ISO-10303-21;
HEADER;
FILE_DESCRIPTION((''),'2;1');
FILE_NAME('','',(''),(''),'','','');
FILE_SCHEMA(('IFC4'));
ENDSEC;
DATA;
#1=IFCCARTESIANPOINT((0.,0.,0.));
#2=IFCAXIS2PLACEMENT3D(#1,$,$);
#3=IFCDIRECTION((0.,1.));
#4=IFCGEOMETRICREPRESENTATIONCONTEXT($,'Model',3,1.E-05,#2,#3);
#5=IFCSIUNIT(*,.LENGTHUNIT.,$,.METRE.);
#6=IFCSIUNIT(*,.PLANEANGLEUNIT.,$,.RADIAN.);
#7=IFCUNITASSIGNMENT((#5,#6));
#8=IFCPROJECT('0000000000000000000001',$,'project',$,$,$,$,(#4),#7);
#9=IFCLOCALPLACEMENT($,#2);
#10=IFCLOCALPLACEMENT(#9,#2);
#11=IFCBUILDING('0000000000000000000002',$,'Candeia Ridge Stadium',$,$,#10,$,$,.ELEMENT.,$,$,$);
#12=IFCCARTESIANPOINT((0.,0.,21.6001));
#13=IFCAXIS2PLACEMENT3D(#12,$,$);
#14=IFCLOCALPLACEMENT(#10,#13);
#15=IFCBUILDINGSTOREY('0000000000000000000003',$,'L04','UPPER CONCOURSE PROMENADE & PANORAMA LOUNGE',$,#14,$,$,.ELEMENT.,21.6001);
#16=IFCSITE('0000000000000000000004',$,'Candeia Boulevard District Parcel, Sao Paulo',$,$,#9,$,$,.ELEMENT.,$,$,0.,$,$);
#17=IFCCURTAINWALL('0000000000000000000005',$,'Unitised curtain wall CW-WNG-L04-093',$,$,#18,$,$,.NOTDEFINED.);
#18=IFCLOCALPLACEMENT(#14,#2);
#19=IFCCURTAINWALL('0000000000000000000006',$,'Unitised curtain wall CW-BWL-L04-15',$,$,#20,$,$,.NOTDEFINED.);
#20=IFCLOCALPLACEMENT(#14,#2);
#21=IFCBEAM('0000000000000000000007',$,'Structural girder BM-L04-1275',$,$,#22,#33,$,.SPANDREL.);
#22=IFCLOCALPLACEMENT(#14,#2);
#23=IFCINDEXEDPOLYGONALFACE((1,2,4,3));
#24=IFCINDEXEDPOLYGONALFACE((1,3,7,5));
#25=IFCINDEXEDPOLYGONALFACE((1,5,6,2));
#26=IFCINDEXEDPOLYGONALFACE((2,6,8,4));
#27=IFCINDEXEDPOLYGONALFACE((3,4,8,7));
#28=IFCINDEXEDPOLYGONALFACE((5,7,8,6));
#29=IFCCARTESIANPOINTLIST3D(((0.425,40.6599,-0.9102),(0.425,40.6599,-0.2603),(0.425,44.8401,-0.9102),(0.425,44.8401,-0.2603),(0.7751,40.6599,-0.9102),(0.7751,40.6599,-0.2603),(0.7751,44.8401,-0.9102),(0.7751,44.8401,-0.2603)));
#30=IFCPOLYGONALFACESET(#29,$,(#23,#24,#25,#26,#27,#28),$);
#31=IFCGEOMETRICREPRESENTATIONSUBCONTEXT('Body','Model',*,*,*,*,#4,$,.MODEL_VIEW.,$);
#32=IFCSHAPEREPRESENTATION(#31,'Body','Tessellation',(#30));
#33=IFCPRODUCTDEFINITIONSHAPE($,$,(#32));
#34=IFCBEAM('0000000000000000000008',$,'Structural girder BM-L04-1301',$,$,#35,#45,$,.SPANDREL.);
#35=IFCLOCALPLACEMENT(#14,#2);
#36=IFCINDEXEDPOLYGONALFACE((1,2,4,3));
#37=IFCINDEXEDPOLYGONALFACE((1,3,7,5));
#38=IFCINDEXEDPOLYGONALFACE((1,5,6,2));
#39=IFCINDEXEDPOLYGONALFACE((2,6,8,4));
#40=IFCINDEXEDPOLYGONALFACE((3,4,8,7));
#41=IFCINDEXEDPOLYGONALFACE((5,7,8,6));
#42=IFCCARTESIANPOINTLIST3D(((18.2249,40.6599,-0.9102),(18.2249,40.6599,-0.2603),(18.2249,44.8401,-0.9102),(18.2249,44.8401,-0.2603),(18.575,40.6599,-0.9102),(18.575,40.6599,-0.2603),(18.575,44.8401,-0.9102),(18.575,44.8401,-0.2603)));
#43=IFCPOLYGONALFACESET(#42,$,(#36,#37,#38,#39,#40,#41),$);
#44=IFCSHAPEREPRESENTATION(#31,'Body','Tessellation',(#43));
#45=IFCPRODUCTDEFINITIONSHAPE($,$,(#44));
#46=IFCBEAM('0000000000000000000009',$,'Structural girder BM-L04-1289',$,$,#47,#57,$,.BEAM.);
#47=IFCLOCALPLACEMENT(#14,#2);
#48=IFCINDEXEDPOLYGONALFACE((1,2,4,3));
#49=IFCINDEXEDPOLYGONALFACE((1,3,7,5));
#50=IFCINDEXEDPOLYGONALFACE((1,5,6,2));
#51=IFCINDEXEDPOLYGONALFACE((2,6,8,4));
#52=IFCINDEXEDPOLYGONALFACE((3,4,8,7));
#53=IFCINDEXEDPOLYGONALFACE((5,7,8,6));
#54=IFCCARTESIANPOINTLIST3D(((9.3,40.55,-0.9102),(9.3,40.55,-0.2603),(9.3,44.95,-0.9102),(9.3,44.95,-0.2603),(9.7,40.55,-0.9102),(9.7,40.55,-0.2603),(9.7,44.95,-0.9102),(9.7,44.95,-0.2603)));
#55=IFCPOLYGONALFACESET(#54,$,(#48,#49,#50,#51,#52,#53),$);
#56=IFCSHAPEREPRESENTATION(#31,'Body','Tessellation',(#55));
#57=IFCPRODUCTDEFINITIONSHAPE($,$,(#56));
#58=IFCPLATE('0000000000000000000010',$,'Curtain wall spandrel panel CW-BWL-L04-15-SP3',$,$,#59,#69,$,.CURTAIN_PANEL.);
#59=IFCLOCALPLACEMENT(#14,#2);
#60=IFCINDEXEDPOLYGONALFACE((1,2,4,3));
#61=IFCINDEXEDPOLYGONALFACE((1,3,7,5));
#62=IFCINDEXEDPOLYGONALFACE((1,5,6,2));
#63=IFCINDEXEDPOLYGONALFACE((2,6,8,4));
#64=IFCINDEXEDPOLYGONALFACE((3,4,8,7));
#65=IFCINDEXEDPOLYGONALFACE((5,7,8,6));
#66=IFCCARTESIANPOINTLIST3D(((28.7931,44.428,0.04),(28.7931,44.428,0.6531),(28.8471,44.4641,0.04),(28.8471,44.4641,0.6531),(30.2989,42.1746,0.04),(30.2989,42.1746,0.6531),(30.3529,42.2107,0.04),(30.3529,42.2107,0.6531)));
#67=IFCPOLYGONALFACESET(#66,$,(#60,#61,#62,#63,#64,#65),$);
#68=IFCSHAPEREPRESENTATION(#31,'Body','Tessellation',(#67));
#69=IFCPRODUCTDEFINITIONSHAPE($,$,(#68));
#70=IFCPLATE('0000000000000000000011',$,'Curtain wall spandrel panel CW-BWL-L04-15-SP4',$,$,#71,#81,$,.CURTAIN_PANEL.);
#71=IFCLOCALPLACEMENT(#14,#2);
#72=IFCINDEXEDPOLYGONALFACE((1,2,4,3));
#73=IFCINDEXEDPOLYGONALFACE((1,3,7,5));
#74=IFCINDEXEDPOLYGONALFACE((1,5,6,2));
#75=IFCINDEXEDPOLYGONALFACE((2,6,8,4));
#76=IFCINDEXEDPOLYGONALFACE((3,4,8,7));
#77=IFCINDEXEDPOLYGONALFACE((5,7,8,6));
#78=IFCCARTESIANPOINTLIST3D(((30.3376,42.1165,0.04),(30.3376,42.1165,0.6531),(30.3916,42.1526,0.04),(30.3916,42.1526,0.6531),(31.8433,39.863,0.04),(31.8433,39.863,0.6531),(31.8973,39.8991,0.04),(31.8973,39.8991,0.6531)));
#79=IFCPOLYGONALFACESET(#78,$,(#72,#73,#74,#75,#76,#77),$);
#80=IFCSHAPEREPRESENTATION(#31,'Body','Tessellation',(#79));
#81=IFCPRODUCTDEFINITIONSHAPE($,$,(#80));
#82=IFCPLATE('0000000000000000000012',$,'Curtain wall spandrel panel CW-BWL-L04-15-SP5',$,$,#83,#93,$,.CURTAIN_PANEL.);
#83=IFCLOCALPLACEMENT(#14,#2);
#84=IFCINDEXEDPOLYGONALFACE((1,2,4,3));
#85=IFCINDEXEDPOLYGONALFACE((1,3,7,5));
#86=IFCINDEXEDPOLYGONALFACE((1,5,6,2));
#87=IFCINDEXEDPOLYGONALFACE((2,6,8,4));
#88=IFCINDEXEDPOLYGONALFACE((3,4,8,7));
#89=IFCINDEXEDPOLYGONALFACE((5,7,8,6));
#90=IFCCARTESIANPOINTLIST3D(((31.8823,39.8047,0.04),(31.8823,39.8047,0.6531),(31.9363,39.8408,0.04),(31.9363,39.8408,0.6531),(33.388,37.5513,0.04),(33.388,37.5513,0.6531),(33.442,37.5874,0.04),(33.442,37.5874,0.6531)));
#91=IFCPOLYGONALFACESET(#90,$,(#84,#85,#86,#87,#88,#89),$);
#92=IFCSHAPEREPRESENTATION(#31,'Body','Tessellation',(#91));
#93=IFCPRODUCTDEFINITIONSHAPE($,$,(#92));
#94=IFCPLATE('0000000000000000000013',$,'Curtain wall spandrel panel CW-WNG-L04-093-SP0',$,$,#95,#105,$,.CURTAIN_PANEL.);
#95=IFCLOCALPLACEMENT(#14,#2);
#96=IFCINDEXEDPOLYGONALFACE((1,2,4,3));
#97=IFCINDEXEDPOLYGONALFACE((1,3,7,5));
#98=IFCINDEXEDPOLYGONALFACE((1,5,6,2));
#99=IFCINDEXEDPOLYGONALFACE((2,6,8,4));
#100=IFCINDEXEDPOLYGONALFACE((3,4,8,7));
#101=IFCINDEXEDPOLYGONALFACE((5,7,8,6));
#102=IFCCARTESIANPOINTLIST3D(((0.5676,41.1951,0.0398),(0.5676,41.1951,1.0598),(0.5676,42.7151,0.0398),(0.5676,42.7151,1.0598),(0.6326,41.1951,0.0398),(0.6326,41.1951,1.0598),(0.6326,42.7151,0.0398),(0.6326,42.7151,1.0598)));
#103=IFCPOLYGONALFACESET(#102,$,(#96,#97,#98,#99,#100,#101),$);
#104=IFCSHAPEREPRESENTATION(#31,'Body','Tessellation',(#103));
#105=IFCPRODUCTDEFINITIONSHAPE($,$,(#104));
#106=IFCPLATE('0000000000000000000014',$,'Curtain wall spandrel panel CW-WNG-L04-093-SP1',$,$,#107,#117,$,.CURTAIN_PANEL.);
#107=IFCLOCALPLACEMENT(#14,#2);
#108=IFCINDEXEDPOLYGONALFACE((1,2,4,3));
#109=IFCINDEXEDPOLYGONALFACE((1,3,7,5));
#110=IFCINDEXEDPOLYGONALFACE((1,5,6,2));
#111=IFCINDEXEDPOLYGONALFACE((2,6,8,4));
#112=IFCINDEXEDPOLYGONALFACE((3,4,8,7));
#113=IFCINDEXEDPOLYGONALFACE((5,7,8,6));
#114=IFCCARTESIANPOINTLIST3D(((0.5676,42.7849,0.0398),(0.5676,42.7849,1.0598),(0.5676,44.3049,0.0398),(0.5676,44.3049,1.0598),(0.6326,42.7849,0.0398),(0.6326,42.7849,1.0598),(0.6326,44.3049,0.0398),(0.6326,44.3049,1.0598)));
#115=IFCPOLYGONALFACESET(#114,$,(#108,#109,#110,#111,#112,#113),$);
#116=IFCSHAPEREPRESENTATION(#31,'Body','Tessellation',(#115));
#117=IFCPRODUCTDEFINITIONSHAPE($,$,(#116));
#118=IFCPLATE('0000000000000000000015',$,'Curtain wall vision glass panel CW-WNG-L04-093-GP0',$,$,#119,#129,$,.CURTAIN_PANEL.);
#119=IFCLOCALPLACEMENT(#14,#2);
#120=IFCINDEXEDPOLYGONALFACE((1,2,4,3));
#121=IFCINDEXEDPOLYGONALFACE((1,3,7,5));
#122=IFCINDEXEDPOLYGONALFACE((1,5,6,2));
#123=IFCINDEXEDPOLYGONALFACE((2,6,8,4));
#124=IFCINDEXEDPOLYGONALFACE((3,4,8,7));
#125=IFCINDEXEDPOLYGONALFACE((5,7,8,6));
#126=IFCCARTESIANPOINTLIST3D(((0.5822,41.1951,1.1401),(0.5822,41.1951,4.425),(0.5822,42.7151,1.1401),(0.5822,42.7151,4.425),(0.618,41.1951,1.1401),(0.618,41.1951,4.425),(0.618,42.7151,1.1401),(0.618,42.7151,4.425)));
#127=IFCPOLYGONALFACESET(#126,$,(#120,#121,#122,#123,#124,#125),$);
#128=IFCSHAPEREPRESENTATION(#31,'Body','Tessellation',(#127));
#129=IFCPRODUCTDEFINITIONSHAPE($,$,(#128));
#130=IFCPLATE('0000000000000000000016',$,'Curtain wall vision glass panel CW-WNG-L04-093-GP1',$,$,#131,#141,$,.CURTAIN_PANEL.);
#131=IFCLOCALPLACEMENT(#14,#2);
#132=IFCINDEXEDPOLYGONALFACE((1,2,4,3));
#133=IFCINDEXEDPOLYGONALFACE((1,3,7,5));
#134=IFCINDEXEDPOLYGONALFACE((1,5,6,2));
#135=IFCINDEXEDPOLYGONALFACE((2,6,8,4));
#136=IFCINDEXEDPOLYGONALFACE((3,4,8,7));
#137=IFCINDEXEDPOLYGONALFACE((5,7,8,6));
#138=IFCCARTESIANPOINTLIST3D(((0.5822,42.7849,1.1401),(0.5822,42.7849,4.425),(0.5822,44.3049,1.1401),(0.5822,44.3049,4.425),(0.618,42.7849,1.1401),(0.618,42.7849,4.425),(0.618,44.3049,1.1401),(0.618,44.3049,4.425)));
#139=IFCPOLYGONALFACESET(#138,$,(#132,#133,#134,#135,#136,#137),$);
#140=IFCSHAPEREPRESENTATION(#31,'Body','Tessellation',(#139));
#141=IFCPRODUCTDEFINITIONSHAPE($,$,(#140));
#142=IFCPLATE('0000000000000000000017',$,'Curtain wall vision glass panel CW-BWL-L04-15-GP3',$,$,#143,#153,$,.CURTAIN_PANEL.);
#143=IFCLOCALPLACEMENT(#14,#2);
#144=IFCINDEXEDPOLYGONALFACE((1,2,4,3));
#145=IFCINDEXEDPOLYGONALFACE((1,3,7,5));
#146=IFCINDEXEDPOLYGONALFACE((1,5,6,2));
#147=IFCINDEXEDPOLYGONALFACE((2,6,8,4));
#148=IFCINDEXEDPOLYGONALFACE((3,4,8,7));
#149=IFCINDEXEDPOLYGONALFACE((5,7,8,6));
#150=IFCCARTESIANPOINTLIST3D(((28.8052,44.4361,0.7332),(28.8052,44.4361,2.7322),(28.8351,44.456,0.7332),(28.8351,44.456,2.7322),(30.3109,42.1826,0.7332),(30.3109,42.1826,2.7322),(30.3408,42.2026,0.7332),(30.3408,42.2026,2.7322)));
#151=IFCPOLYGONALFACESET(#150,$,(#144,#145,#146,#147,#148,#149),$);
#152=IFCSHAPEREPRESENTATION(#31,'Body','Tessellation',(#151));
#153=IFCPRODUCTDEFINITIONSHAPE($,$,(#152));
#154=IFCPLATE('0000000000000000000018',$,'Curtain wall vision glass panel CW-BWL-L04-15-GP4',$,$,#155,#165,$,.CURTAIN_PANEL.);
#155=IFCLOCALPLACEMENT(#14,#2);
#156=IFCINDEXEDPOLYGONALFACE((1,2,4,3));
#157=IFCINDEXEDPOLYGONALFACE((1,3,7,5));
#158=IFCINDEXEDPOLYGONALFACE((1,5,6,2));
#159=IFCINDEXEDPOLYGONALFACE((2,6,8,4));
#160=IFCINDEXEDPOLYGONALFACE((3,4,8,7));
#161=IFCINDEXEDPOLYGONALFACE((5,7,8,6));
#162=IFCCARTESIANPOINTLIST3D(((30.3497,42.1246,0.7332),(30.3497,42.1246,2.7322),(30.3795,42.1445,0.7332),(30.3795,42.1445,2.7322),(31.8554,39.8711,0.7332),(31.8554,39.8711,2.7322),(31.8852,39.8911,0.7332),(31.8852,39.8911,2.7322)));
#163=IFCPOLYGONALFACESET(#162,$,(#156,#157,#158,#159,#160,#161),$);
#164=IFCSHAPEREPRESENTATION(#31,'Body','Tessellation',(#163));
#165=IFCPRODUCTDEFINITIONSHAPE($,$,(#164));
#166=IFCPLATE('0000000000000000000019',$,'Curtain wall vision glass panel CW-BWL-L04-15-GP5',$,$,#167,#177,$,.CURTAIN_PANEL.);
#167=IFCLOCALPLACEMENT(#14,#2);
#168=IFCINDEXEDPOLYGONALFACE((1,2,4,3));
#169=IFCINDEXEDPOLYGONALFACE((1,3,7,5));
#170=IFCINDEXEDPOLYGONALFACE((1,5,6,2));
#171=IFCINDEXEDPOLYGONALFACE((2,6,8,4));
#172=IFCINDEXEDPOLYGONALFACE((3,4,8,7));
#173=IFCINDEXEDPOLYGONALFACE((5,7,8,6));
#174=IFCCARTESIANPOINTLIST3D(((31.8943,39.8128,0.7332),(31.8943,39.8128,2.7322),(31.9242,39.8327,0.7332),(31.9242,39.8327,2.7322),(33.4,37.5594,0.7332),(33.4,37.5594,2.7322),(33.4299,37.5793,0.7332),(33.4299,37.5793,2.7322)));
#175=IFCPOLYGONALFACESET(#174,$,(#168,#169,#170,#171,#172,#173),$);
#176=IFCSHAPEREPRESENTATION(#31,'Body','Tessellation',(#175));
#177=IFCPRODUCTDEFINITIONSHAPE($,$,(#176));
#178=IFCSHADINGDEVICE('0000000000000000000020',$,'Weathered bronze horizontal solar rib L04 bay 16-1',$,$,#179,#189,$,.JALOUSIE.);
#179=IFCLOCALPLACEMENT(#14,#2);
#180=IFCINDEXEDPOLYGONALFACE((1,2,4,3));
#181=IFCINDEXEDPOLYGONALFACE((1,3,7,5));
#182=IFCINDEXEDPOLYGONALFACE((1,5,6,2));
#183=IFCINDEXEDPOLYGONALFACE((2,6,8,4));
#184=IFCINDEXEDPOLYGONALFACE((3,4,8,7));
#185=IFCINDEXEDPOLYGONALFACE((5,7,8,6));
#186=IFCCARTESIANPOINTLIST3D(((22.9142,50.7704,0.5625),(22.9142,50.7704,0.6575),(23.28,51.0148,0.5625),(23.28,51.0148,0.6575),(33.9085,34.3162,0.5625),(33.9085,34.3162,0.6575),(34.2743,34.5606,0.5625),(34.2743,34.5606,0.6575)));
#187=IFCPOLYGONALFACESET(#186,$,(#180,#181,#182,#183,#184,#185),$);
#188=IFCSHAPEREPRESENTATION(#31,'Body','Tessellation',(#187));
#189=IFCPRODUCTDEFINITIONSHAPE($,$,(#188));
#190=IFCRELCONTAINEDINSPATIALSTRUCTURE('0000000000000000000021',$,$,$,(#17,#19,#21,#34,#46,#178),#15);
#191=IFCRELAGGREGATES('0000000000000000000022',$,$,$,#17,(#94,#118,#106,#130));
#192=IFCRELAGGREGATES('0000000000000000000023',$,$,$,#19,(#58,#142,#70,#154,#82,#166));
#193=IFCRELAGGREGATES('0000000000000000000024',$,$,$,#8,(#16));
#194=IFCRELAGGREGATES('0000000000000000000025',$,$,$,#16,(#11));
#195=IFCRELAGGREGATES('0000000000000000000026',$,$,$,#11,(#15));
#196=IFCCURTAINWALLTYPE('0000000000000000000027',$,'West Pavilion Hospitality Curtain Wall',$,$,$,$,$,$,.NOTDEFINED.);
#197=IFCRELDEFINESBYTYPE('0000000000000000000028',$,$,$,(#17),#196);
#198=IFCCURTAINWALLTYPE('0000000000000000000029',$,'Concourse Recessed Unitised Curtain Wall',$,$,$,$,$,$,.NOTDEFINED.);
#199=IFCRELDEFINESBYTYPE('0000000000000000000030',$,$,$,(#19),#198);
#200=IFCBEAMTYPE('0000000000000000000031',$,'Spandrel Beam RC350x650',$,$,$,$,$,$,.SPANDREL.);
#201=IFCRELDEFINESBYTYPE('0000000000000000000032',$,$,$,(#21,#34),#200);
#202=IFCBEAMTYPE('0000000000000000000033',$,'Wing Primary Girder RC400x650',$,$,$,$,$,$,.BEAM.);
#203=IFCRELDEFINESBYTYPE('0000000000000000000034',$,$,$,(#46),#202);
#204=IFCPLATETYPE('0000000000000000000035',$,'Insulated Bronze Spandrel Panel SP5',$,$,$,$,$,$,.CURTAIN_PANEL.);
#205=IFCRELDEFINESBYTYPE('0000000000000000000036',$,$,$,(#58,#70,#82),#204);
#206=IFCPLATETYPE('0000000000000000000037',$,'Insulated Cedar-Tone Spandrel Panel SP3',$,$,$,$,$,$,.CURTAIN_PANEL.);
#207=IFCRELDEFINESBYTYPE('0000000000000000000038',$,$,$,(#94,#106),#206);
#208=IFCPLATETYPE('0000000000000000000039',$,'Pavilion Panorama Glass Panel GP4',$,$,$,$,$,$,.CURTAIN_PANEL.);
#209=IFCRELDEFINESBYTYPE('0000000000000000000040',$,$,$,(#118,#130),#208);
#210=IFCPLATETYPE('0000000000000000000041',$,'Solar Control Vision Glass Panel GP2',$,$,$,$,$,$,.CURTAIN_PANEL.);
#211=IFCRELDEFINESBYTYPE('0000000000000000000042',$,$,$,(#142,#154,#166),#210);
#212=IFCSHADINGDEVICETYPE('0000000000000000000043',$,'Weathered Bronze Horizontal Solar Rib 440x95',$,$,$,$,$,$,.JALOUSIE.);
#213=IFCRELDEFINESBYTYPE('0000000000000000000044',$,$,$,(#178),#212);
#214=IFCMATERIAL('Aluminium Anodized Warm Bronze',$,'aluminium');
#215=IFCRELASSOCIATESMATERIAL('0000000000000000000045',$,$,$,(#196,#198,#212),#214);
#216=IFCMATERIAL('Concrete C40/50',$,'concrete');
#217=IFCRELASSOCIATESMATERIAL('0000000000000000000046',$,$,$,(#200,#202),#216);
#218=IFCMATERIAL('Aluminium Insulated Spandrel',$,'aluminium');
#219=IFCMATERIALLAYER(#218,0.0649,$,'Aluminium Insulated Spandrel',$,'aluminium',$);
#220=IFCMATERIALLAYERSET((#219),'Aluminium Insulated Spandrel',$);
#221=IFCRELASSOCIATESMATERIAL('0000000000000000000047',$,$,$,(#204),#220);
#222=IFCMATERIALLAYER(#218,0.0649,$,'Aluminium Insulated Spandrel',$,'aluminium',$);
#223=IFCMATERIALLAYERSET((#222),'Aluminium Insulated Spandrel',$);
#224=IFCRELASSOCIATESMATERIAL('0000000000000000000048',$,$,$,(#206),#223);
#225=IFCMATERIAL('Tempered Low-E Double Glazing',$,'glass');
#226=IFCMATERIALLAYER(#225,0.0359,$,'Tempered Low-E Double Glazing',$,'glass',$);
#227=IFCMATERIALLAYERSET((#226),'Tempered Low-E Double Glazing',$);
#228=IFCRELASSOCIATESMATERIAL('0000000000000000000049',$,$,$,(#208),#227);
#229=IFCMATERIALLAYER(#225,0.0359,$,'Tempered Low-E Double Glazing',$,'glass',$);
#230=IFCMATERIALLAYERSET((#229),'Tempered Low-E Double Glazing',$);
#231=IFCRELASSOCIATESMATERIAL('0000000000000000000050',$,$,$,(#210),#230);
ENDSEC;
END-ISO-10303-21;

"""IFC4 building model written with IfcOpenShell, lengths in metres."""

from ifc_helpers import new_model, si_unit, direction, frame, origin, origin_2d, place, context, subcontext, project, spatial, rectangle, extrude, material, layer, layer_set, material_profile, profile_set, type_object, element, aggregate, save


model = new_model("IFC4")

# Units and contexts
model_context = context("Model", 3, precision=1e-05, world=origin(), true_north=direction((0.0, 1.0)))
body_context = subcontext(model_context, "Body", "Model", "MODEL_VIEW")
ifc_project = project(units=[si_unit("LENGTHUNIT", "METRE"), si_unit("PLANEANGLEUNIT", "RADIAN")], contexts=[model_context])

# Site, building, storey
site_placement = place(None, origin())
site = spatial("IfcSite", under=ifc_project, at=site_placement, Name="Candeia Boulevard District Parcel, Sao Paulo", CompositionType="ELEMENT", RefElevation=0.0)
building_placement = place(site_placement, origin())
building = spatial("IfcBuilding", under=site, at=building_placement, Name="Candeia Ridge Stadium", CompositionType="ELEMENT")
storey_placement = place(building_placement, frame((0.0, 0.0, 21.6001)))
storey = spatial("IfcBuildingStorey", under=building, at=storey_placement, Name="L04", Description="UPPER CONCOURSE PROMENADE & PANORAMA LOUNGE", CompositionType="ELEMENT", Elevation=21.6001)

# Shared definitions
ifc_material_1 = material(Name="Concrete C40/50", Category="concrete")

# Curtain walls
ifc_material_2 = material(Name="Aluminium Anodized Warm Bronze", Category="aluminium")
curtain_wall_type_1 = type_object("IfcCurtainWallType", Name="West Pavilion Hospitality Curtain Wall", PredefinedType="NOTDEFINED", material=ifc_material_2)
curtain_wall_1_placement = place(storey_placement, origin())
curtain_wall_1 = element("IfcCurtainWall", 1, at=curtain_wall_1_placement, inside=storey, type_object=curtain_wall_type_1, Name="Unitised curtain wall CW-WNG-L04-093", PredefinedType="NOTDEFINED")
curtain_wall_type_2 = type_object("IfcCurtainWallType", Name="Concourse Recessed Unitised Curtain Wall", PredefinedType="NOTDEFINED", material=ifc_material_2)
curtain_wall_2_placement = place(storey_placement, origin())
curtain_wall_2 = element("IfcCurtainWall", 2, at=curtain_wall_2_placement, inside=storey, type_object=curtain_wall_type_2, Name="Unitised curtain wall CW-BWL-L04-15", PredefinedType="NOTDEFINED")

# Beams
ifc_material_profile_1 = material_profile(ifc_material_1, rectangle(XDim=0.3501, YDim=0.6499, at=origin_2d()), Name="RC350x650", Category="concrete")
ifc_profile_set_1 = profile_set([ifc_material_profile_1], Name="Concrete C40/50")
beam_type_1 = type_object("IfcBeamType", Name="Spandrel Beam RC350x650", PredefinedType="SPANDREL", material=ifc_profile_set_1)
for number, where, z_axis, x_axis, name in (
    (3, (0.6001, 40.6599, -0.5852), (0.0, 1.0, 0.0), (-1.0, 0.0, 0.0), "Structural girder BM-L04-1275"),
    (4, (18.3999, 40.6599, -0.5852), (0.0, 1.0, 0.0), (-1.0, 0.0, 0.0), "Structural girder BM-L04-1301"),
):
    element("IfcBeam", number, at=place(storey_placement, frame(where, z_axis=z_axis, x_axis=x_axis)), inside=storey, type_object=beam_type_1, Name=name, PredefinedType="SPANDREL", context=body_context, shape_type="SweptSolid", body=[
        extrude(rectangle(XDim=0.3501, YDim=0.6499, at=origin_2d()), origin(), (0.0, 0.0, 1.0), 4.1802),
    ])
ifc_material_profile_2 = material_profile(ifc_material_1, rectangle(XDim=0.3999, YDim=0.6499, at=origin_2d()), Name="RC400x650", Category="concrete")
ifc_profile_set_2 = profile_set([ifc_material_profile_2], Name="Concrete C40/50")
beam_type_2 = type_object("IfcBeamType", Name="Wing Primary Girder RC400x650", PredefinedType="BEAM", material=ifc_profile_set_2)
beam_placement = place(storey_placement, frame((9.5, 40.55, -0.5852), z_axis=(0.0, 1.0, 0.0), x_axis=(-1.0, 0.0, 0.0)))
element("IfcBeam", 5, at=beam_placement, inside=storey, type_object=beam_type_2, Name="Structural girder BM-L04-1289", PredefinedType="BEAM", context=body_context, shape_type="SweptSolid", body=[
    extrude(rectangle(XDim=0.3999, YDim=0.6499, at=origin_2d()), origin(), (0.0, 0.0, 1.0), 4.3999),
])

# Plates
ifc_material_3 = material(Name="Aluminium Insulated Spandrel", Category="aluminium")
ifc_layer_1 = layer(ifc_material_3, 0.0649, Name="Aluminium Insulated Spandrel", Category="aluminium")
ifc_layer_set_1 = layer_set([ifc_layer_1], Name="Aluminium Insulated Spandrel")
plate_type_1 = type_object("IfcPlateType", Name="Insulated Bronze Spandrel Panel SP5", PredefinedType="CURTAIN_PANEL", material=ifc_layer_set_1)
plate_1_placement = place(storey_placement, frame((29.573, 43.3193, 0.04), z_axis=(0.0, 0.0, 1.0), x_axis=(0.555571, -0.831469, 0.0)))
plate_1 = element("IfcPlate", 6, at=plate_1_placement, type_object=plate_type_1, Name="Curtain wall spandrel panel CW-BWL-L04-15-SP3", PredefinedType="CURTAIN_PANEL", context=body_context, shape_type="SweptSolid", body=[
    extrude(rectangle(XDim=2.7102, YDim=0.0649, at=origin_2d()), origin(), (0.0, 0.0, 1.0), 0.613),
])
plate_2_placement = place(storey_placement, frame((31.1174, 41.0078, 0.04), z_axis=(0.0, 0.0, 1.0), x_axis=(0.555571, -0.831469, 0.0)))
plate_2 = element("IfcPlate", 7, at=plate_2_placement, type_object=plate_type_1, Name="Curtain wall spandrel panel CW-BWL-L04-15-SP4", PredefinedType="CURTAIN_PANEL", context=body_context, shape_type="SweptSolid", body=[
    extrude(rectangle(XDim=2.7102, YDim=0.0649, at=origin_2d()), origin(), (0.0, 0.0, 1.0), 0.613),
])
plate_3_placement = place(storey_placement, frame((32.6621, 38.696, 0.04), z_axis=(0.0, 0.0, 1.0), x_axis=(0.555571, -0.831469, 0.0)))
plate_3 = element("IfcPlate", 8, at=plate_3_placement, type_object=plate_type_1, Name="Curtain wall spandrel panel CW-BWL-L04-15-SP5", PredefinedType="CURTAIN_PANEL", context=body_context, shape_type="SweptSolid", body=[
    extrude(rectangle(XDim=2.7102, YDim=0.0649, at=origin_2d()), origin(), (0.0, 0.0, 1.0), 0.613),
])
ifc_layer_2 = layer(ifc_material_3, 0.0649, Name="Aluminium Insulated Spandrel", Category="aluminium")
ifc_layer_set_2 = layer_set([ifc_layer_2], Name="Aluminium Insulated Spandrel")
plate_type_2 = type_object("IfcPlateType", Name="Insulated Cedar-Tone Spandrel Panel SP3", PredefinedType="CURTAIN_PANEL", material=ifc_layer_set_2)
plate_4_placement = place(storey_placement, frame((0.6001, 41.9551, 0.0398), z_axis=(0.0, 0.0, 1.0), x_axis=(0.0, 1.0, 0.0)))
plate_4 = element("IfcPlate", 9, at=plate_4_placement, type_object=plate_type_2, Name="Curtain wall spandrel panel CW-WNG-L04-093-SP0", PredefinedType="CURTAIN_PANEL", context=body_context, shape_type="SweptSolid", body=[
    extrude(rectangle(XDim=1.52, YDim=0.0649, at=origin_2d()), origin(), (0.0, 0.0, 1.0), 1.02),
])
plate_5_placement = place(storey_placement, frame((0.6001, 43.5449, 0.0398), z_axis=(0.0, 0.0, 1.0), x_axis=(0.0, 1.0, 0.0)))
plate_5 = element("IfcPlate", 10, at=plate_5_placement, type_object=plate_type_2, Name="Curtain wall spandrel panel CW-WNG-L04-093-SP1", PredefinedType="CURTAIN_PANEL", context=body_context, shape_type="SweptSolid", body=[
    extrude(rectangle(XDim=1.52, YDim=0.0649, at=origin_2d()), origin(), (0.0, 0.0, 1.0), 1.02),
])
ifc_material_4 = material(Name="Tempered Low-E Double Glazing", Category="glass")
ifc_layer_3 = layer(ifc_material_4, 0.0359, Name="Tempered Low-E Double Glazing", Category="glass")
ifc_layer_set_3 = layer_set([ifc_layer_3], Name="Tempered Low-E Double Glazing")
plate_type_3 = type_object("IfcPlateType", Name="Pavilion Panorama Glass Panel GP4", PredefinedType="CURTAIN_PANEL", material=ifc_layer_set_3)
plate_6_placement = place(storey_placement, frame((0.6001, 41.9551, 1.1401), z_axis=(0.0, 0.0, 1.0), x_axis=(0.0, 1.0, 0.0)))
plate_6 = element("IfcPlate", 11, at=plate_6_placement, type_object=plate_type_3, Name="Curtain wall vision glass panel CW-WNG-L04-093-GP0", PredefinedType="CURTAIN_PANEL", context=body_context, shape_type="SweptSolid", body=[
    extrude(rectangle(XDim=1.52, YDim=0.0359, at=origin_2d()), origin(), (0.0, 0.0, 1.0), 3.2849),
])
plate_7_placement = place(storey_placement, frame((0.6001, 43.5449, 1.1401), z_axis=(0.0, 0.0, 1.0), x_axis=(0.0, 1.0, 0.0)))
plate_7 = element("IfcPlate", 12, at=plate_7_placement, type_object=plate_type_3, Name="Curtain wall vision glass panel CW-WNG-L04-093-GP1", PredefinedType="CURTAIN_PANEL", context=body_context, shape_type="SweptSolid", body=[
    extrude(rectangle(XDim=1.52, YDim=0.0359, at=origin_2d()), origin(), (0.0, 0.0, 1.0), 3.2849),
])
aggregate(curtain_wall_1, [plate_4, plate_6, plate_5, plate_7])
ifc_layer_4 = layer(ifc_material_4, 0.0359, Name="Tempered Low-E Double Glazing", Category="glass")
ifc_layer_set_4 = layer_set([ifc_layer_4], Name="Tempered Low-E Double Glazing")
plate_type_4 = type_object("IfcPlateType", Name="Solar Control Vision Glass Panel GP2", PredefinedType="CURTAIN_PANEL", material=ifc_layer_set_4)
plate_8_placement = place(storey_placement, frame((29.573, 43.3193, 0.7332), z_axis=(0.0, 0.0, 1.0), x_axis=(0.555571, -0.831469, 0.0)))
plate_8 = element("IfcPlate", 13, at=plate_8_placement, type_object=plate_type_4, Name="Curtain wall vision glass panel CW-BWL-L04-15-GP3", PredefinedType="CURTAIN_PANEL", context=body_context, shape_type="SweptSolid", body=[
    extrude(rectangle(XDim=2.7102, YDim=0.0359, at=origin_2d()), origin(), (0.0, 0.0, 1.0), 1.999),
])
plate_9_placement = place(storey_placement, frame((31.1174, 41.0078, 0.7332), z_axis=(0.0, 0.0, 1.0), x_axis=(0.555571, -0.831469, 0.0)))
plate_9 = element("IfcPlate", 14, at=plate_9_placement, type_object=plate_type_4, Name="Curtain wall vision glass panel CW-BWL-L04-15-GP4", PredefinedType="CURTAIN_PANEL", context=body_context, shape_type="SweptSolid", body=[
    extrude(rectangle(XDim=2.7102, YDim=0.0359, at=origin_2d()), origin(), (0.0, 0.0, 1.0), 1.999),
])
plate_10_placement = place(storey_placement, frame((32.6621, 38.696, 0.7332), z_axis=(0.0, 0.0, 1.0), x_axis=(0.555571, -0.831469, 0.0)))
plate_10 = element("IfcPlate", 15, at=plate_10_placement, type_object=plate_type_4, Name="Curtain wall vision glass panel CW-BWL-L04-15-GP5", PredefinedType="CURTAIN_PANEL", context=body_context, shape_type="SweptSolid", body=[
    extrude(rectangle(XDim=2.7102, YDim=0.0359, at=origin_2d()), origin(), (0.0, 0.0, 1.0), 1.999),
])
aggregate(curtain_wall_2, [plate_1, plate_8, plate_2, plate_9, plate_3, plate_10])

# Shading device
shading_device_type = type_object("IfcShadingDeviceType", Name="Weathered Bronze Horizontal Solar Rib 440x95", PredefinedType="JALOUSIE", material=ifc_material_2)
for number, where, z_axis, x_axis, name in (
    (16, (28.5942, 42.6655, 0.5625), (0.0, 0.0, 1.0), (0.55557, -0.83147, 0.0), "Weathered bronze horizontal solar rib L04 bay 16-1"),
):
    element("IfcShadingDevice", number, at=place(storey_placement, frame(where, z_axis=z_axis, x_axis=x_axis)), inside=storey, type_object=shading_device_type, Name=name, PredefinedType="JALOUSIE", context=body_context, shape_type="SweptSolid", body=[
        extrude(rectangle(XDim=19.7893, YDim=0.4399, at=origin_2d()), origin(), (0.0, 0.0, 1.0), 0.095),
    ])

save(model, "model.ifc")
